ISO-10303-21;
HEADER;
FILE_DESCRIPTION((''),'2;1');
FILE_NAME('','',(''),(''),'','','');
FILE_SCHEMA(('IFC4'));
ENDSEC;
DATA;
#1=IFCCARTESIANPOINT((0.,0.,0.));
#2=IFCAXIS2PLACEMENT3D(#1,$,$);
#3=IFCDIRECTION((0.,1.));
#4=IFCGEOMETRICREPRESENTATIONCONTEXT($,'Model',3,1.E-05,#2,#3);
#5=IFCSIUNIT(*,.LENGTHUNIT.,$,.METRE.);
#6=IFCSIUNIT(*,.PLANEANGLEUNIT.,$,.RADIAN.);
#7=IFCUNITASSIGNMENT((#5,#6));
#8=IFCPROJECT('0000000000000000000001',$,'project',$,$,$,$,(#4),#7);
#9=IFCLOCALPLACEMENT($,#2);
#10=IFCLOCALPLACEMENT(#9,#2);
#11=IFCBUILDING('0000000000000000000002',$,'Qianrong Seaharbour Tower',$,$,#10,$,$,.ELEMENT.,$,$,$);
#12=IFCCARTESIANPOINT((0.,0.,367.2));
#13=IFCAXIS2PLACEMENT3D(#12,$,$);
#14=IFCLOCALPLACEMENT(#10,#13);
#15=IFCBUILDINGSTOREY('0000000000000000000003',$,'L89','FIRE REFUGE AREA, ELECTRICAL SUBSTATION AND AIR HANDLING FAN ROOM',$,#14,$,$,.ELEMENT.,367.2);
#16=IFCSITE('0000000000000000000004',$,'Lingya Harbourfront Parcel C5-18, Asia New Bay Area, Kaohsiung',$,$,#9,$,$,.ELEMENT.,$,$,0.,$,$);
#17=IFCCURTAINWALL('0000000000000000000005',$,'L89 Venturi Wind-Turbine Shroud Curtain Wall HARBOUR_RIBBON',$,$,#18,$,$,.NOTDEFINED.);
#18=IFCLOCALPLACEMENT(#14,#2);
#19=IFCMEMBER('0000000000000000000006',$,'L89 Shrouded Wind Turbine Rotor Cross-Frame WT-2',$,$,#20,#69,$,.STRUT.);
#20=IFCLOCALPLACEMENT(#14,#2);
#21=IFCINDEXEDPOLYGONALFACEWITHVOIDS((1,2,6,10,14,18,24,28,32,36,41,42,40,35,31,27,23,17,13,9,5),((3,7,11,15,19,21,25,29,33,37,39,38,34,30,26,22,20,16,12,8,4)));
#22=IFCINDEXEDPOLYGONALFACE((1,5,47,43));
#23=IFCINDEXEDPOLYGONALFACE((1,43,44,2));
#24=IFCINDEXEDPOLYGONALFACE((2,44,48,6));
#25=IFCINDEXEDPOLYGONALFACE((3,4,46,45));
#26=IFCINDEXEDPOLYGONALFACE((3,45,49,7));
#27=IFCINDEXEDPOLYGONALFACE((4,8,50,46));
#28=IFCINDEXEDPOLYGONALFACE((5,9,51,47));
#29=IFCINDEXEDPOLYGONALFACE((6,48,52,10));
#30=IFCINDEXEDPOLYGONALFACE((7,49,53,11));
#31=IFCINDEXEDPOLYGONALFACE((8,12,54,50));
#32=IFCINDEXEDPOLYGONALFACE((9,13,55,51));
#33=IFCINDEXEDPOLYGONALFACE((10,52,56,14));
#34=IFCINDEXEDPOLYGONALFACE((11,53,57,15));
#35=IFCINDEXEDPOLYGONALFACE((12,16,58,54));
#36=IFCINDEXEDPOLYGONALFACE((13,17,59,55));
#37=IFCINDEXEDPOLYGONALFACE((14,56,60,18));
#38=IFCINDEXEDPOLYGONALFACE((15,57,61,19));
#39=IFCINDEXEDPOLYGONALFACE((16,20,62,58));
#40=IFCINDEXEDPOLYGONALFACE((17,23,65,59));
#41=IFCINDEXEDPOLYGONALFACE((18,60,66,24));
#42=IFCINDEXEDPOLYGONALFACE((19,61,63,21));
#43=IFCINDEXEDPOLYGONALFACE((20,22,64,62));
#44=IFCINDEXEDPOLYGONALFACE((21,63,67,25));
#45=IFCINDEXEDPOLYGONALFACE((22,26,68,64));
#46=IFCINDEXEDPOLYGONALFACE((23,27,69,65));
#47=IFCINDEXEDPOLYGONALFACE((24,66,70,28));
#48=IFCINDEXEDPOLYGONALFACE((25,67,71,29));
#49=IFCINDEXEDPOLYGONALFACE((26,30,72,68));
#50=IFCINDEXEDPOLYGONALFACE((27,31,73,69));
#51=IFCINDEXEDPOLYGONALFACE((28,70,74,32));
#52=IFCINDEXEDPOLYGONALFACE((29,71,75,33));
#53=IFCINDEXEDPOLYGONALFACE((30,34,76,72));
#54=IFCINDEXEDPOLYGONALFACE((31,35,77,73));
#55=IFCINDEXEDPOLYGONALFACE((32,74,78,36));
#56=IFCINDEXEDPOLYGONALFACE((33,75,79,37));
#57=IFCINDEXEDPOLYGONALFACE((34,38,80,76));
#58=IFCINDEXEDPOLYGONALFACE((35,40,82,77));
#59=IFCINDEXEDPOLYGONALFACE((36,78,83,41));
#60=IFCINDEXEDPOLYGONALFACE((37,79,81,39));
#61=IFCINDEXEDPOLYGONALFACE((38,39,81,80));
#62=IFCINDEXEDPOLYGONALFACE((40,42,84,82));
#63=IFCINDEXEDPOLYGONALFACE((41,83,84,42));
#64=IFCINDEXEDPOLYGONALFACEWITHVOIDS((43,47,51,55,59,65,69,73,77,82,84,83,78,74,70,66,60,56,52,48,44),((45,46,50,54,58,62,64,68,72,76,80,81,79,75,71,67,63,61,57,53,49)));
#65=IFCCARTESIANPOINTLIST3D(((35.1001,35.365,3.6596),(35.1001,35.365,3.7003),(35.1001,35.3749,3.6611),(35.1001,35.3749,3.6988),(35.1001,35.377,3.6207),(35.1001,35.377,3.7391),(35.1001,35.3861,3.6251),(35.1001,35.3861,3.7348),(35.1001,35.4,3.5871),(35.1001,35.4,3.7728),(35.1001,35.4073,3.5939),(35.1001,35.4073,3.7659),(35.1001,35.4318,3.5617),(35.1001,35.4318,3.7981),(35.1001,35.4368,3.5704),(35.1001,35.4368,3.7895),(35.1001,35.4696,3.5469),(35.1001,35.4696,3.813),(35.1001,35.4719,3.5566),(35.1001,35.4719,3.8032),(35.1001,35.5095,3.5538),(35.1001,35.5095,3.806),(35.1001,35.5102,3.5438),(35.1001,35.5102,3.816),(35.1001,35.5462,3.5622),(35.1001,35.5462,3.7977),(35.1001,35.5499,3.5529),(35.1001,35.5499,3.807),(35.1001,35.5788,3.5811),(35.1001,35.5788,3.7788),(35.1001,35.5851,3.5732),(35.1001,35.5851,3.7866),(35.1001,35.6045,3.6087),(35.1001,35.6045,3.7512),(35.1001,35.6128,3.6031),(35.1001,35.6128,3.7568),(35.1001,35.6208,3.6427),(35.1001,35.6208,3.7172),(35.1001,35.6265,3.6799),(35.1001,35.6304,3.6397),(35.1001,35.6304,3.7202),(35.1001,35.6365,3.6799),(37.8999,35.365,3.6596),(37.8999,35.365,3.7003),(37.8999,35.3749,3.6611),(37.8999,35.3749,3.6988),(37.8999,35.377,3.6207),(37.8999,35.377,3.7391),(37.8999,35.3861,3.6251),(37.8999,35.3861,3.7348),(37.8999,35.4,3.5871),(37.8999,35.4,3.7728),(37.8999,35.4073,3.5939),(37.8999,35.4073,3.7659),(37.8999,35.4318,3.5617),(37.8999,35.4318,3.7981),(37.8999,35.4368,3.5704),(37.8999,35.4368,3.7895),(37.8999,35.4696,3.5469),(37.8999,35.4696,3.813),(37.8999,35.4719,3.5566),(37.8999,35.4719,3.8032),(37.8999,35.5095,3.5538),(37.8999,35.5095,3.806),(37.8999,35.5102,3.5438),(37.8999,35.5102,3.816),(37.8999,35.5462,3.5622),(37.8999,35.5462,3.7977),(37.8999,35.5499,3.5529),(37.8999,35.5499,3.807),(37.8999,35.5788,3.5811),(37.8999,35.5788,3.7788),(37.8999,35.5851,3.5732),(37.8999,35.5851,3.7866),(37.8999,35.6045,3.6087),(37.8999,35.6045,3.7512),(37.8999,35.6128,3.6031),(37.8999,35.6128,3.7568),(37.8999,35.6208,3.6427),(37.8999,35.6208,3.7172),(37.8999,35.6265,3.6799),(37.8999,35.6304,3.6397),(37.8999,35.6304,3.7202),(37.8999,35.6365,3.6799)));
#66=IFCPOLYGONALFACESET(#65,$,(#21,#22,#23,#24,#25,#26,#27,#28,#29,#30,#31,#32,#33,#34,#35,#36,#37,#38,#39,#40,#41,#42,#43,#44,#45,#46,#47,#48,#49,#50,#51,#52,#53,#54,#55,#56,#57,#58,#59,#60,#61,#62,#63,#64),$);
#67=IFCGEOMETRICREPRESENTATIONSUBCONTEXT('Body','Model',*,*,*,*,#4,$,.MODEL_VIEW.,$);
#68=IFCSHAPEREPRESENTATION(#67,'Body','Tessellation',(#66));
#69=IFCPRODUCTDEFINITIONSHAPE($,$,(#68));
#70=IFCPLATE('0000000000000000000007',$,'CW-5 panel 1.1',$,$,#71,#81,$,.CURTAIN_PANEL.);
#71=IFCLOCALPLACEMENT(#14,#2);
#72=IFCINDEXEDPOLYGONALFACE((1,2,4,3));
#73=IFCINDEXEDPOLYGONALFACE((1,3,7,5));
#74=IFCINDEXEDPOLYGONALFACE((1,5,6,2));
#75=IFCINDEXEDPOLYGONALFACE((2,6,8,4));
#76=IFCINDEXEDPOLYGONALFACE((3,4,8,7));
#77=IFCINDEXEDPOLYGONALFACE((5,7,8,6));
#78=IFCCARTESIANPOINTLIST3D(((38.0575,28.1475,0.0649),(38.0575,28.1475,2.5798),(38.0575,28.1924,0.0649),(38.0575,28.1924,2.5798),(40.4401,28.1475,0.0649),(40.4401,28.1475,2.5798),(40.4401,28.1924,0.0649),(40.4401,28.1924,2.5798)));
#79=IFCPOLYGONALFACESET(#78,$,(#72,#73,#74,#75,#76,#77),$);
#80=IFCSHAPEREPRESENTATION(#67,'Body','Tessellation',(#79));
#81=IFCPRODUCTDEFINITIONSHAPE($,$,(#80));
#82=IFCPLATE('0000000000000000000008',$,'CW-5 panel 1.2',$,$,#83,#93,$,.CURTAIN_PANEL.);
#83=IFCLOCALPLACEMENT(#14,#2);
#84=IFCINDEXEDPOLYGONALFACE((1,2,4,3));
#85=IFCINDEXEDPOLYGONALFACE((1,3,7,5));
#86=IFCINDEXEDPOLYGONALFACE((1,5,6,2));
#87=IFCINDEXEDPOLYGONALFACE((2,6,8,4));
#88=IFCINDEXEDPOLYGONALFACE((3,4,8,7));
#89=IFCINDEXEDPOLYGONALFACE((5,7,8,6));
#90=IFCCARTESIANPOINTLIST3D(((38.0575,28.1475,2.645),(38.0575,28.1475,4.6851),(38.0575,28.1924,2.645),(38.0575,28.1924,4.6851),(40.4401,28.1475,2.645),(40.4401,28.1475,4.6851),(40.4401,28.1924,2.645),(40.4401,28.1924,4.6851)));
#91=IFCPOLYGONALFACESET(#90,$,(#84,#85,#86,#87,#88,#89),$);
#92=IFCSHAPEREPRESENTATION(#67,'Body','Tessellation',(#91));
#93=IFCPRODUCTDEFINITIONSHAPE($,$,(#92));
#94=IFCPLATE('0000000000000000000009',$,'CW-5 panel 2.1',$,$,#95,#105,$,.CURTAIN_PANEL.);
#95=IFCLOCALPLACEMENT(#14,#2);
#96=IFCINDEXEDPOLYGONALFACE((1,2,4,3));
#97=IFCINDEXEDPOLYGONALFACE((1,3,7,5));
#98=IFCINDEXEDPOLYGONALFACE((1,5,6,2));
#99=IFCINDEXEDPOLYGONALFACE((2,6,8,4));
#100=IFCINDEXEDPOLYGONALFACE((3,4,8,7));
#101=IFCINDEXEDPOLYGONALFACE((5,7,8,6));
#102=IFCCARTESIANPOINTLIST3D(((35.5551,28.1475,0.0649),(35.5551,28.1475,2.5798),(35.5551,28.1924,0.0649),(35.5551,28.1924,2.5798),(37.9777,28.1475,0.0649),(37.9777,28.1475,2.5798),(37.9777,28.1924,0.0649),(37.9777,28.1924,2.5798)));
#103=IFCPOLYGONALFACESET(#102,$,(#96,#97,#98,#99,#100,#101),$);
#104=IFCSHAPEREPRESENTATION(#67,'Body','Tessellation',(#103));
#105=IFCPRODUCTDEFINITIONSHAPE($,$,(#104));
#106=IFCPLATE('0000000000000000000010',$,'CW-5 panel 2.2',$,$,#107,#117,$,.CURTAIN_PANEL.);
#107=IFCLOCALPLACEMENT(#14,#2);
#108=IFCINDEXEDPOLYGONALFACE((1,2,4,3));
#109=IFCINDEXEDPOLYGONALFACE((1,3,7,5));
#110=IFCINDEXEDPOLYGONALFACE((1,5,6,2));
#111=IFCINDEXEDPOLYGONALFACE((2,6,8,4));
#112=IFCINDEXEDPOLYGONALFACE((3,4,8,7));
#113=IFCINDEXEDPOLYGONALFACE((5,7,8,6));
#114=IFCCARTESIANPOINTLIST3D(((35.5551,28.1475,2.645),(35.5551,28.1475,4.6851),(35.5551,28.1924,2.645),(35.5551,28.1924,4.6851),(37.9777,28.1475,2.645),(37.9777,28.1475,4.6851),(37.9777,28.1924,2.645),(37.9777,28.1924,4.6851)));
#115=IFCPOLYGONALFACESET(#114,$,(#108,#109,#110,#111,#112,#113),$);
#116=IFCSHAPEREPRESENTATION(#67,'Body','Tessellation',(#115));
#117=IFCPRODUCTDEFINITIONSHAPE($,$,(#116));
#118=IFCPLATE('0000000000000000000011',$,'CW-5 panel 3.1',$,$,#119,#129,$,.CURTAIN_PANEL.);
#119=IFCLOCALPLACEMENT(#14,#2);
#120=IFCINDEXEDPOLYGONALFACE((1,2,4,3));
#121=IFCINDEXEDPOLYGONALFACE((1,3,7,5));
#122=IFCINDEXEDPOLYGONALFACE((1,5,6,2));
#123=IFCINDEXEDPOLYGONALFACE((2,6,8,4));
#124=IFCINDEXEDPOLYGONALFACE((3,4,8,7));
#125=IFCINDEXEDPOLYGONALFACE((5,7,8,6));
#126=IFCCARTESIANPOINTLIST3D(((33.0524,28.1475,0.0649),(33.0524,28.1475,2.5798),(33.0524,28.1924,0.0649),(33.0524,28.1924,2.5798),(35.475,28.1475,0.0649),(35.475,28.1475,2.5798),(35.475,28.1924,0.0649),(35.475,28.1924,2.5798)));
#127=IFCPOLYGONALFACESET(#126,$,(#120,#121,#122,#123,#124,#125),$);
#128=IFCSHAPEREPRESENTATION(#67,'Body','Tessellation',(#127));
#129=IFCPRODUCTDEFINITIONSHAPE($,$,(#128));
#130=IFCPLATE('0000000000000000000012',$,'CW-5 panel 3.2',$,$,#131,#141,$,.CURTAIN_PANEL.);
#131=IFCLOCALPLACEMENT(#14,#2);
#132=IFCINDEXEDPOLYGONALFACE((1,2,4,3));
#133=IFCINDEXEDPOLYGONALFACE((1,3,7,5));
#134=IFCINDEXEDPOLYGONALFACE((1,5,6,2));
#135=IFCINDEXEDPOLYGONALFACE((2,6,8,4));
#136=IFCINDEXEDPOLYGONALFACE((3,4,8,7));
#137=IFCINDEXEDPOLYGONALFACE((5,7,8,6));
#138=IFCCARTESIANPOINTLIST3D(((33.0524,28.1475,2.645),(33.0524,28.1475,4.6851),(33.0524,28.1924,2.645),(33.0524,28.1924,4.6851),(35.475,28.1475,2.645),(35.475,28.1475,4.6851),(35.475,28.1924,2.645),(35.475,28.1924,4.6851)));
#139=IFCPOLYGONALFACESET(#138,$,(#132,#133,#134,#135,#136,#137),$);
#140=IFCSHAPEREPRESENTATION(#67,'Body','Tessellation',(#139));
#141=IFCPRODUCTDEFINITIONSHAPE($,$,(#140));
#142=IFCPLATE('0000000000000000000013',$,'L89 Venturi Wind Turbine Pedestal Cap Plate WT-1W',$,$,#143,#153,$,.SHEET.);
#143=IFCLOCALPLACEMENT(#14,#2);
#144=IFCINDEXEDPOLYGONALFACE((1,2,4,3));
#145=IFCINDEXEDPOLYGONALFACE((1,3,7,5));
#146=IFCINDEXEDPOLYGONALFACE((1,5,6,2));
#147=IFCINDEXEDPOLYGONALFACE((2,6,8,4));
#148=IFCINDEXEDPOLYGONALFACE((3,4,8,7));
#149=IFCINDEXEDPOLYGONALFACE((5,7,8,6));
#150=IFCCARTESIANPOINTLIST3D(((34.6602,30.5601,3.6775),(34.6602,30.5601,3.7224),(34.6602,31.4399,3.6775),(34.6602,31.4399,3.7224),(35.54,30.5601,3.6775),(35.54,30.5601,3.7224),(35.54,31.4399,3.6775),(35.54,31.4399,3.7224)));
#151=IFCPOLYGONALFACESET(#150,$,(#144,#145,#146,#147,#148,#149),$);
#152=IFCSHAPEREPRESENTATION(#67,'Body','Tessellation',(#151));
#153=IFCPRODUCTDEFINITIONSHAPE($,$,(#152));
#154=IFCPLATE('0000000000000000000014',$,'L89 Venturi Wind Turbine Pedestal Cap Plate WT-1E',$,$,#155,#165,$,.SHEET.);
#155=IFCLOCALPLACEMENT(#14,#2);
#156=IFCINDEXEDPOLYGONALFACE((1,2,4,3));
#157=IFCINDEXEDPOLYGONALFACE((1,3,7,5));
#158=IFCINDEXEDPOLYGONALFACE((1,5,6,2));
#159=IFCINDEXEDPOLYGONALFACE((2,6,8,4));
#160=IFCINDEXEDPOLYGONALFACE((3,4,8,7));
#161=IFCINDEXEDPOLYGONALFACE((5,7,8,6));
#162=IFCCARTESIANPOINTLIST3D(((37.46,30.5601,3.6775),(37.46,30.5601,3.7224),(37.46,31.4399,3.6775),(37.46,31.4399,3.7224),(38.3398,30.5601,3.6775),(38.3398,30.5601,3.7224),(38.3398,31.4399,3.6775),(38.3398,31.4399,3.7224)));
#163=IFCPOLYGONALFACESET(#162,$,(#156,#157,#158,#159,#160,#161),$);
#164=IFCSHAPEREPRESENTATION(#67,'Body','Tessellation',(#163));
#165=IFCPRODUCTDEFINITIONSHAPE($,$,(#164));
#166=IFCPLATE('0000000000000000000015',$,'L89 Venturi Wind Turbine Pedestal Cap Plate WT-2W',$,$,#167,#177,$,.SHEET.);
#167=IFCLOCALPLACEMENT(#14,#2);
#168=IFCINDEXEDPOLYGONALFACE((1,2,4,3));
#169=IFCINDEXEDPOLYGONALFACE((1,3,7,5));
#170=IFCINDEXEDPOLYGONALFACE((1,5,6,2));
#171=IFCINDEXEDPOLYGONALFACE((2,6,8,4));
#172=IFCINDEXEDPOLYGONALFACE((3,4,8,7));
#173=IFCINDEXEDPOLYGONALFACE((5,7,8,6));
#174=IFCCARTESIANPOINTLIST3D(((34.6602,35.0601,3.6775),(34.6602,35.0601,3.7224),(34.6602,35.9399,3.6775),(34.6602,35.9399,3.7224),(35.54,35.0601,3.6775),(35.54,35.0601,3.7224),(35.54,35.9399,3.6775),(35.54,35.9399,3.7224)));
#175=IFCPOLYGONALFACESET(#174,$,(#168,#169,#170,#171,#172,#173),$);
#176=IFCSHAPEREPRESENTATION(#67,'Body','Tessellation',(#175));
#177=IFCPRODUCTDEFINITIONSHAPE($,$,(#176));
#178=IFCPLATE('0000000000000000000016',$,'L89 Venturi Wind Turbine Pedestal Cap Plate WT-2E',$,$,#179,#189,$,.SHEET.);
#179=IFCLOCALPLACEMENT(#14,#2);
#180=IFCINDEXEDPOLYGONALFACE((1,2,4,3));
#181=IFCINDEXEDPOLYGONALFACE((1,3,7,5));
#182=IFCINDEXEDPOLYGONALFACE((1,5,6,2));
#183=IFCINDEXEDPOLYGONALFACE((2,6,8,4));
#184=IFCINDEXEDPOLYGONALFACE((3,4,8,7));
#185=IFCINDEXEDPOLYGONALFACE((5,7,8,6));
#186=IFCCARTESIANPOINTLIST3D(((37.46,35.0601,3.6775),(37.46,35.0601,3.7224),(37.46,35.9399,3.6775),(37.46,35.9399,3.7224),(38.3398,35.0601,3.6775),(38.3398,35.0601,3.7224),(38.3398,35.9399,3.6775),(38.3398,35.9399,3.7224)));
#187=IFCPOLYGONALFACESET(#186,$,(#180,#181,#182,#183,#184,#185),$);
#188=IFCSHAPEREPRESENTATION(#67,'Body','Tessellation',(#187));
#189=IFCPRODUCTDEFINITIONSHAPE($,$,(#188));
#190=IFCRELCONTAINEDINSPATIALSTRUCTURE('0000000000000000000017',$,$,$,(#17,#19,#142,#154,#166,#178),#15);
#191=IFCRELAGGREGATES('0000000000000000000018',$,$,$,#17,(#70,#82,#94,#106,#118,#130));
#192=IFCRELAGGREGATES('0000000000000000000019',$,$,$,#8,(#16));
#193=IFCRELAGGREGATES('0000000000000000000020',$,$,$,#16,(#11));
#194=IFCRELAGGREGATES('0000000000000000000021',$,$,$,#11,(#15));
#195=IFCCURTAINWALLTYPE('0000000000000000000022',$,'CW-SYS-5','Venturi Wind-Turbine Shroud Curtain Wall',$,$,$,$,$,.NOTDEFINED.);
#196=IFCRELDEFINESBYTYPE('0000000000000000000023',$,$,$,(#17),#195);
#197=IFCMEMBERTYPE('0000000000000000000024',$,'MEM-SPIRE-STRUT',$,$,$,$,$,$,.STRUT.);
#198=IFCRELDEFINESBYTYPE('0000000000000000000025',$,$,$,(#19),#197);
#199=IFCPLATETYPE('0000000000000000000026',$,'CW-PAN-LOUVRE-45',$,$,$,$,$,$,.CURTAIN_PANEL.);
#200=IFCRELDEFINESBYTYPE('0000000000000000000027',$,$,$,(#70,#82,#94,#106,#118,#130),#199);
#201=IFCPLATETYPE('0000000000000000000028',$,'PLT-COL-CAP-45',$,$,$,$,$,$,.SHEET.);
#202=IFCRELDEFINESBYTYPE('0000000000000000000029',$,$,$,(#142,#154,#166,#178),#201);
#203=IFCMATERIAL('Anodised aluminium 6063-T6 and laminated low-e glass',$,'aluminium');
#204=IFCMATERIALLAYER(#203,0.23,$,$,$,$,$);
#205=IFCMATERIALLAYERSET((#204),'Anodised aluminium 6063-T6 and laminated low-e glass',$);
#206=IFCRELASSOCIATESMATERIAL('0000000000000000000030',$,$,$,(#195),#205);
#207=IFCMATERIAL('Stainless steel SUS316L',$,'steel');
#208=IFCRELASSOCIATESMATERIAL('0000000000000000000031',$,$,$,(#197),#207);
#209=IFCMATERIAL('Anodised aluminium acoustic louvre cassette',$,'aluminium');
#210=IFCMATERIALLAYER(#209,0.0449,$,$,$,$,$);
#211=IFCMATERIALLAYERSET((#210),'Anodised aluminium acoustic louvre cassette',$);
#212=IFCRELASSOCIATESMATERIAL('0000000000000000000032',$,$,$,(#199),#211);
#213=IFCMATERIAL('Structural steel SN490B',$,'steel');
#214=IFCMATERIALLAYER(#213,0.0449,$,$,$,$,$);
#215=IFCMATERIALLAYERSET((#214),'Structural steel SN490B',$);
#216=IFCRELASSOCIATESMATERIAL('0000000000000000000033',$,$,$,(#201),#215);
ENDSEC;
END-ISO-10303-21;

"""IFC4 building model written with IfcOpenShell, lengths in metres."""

from ifc_helpers import new_model, si_unit, direction, frame, origin, origin_2d, place, context, subcontext, project, spatial, rectangle, hollow_circle, extrude, material, layer, layer_set, material_profile, profile_set, type_object, element, aggregate, save


model = new_model("IFC4")

# Units and contexts
model_context = context("Model", 3, precision=1e-05, world=origin(), true_north=direction((0.0, 1.0)))
body_context = subcontext(model_context, "Body", "Model", "MODEL_VIEW")
ifc_project = project(units=[si_unit("LENGTHUNIT", "METRE"), si_unit("PLANEANGLEUNIT", "RADIAN")], contexts=[model_context])

# Site, building, storey
site_placement = place(None, origin())
site = spatial("IfcSite", under=ifc_project, at=site_placement, Name="Lingya Harbourfront Parcel C5-18, Asia New Bay Area, Kaohsiung", CompositionType="ELEMENT", RefElevation=0.0)
building_placement = place(site_placement, origin())
building = spatial("IfcBuilding", under=site, at=building_placement, Name="Qianrong Seaharbour Tower", CompositionType="ELEMENT")
storey_placement = place(building_placement, frame((0.0, 0.0, 367.2)))
storey = spatial("IfcBuildingStorey", under=building, at=storey_placement, Name="L89", Description="FIRE REFUGE AREA, ELECTRICAL SUBSTATION AND AIR HANDLING FAN ROOM", CompositionType="ELEMENT", Elevation=367.2)

# Shared definitions
ifc_material_1 = material(Name="Structural steel SN490B", Category="steel")

# Curtain wall
ifc_material_2 = material(Name="Anodised aluminium 6063-T6 and laminated low-e glass", Category="aluminium")
ifc_layer_1 = layer(ifc_material_2, 0.23)
ifc_layer_set_1 = layer_set([ifc_layer_1], Name="Anodised aluminium 6063-T6 and laminated low-e glass")
curtain_wall_type = type_object("IfcCurtainWallType", Name="CW-SYS-5", Description="Venturi Wind-Turbine Shroud Curtain Wall", PredefinedType="NOTDEFINED", material=ifc_layer_set_1)
curtain_wall_placement = place(storey_placement, origin())
curtain_wall = element("IfcCurtainWall", 1, at=curtain_wall_placement, inside=storey, type_object=curtain_wall_type, Name="L89 Venturi Wind-Turbine Shroud Curtain Wall HARBOUR_RIBBON", PredefinedType="NOTDEFINED")

# Member
ifc_material_3 = material(Name="Stainless steel SUS316L", Category="steel")
ifc_material_profile_1 = material_profile(ifc_material_3, hollow_circle(Radius=0.1365, WallThickness=0.01, at=origin_2d()), Name="CHS273.0x10")
ifc_profile_set_1 = profile_set([ifc_material_profile_1], Name="Stainless steel SUS316L")
member_type_1 = type_object("IfcMemberType", Name="MEM-SPIRE-STRUT", PredefinedType="STRUT", material=ifc_profile_set_1)
for number, where, z_axis, x_axis, name in (
    (2, (35.1001, 35.5, 3.6799), (1.0, 0.0, 0.0), (0.0, 1.0, 0.0), "L89 Shrouded Wind Turbine Rotor Cross-Frame WT-2"),
):
    element("IfcMember", number, at=place(storey_placement, frame(where, z_axis=z_axis, x_axis=x_axis)), inside=storey, type_object=member_type_1, Name=name, PredefinedType="STRUT", context=body_context, shape_type="SweptSolid", body=[
        extrude(hollow_circle(Radius=0.1365, WallThickness=0.01, at=origin_2d()), origin(), (0.0, 0.0, 1.0), 2.7998),
    ])

# Plates
ifc_material_4 = material(Name="Anodised aluminium acoustic louvre cassette", Category="aluminium")
ifc_layer_2 = layer(ifc_material_4, 0.0449)
ifc_layer_set_2 = layer_set([ifc_layer_2], Name="Anodised aluminium acoustic louvre cassette")
plate_type_1 = type_object("IfcPlateType", Name="CW-PAN-LOUVRE-45", PredefinedType="CURTAIN_PANEL", material=ifc_layer_set_2)
plate_1_placement = place(storey_placement, frame((39.2488, 28.1699, 0.0649), z_axis=(0.0, 0.0, 1.0), x_axis=(-1.0, 0.0, 0.0)))
plate_1 = element("IfcPlate", 3, at=plate_1_placement, type_object=plate_type_1, Name="CW-5 panel 1.1", PredefinedType="CURTAIN_PANEL", context=body_context, shape_type="SweptSolid", body=[
    extrude(rectangle(XDim=2.3826, YDim=0.0449, at=origin_2d()), origin(), (0.0, 0.0, 1.0), 2.5149),
])
plate_2_placement = place(storey_placement, frame((39.2488, 28.1699, 2.645), z_axis=(0.0, 0.0, 1.0), x_axis=(-1.0, 0.0, 0.0)))
plate_2 = element("IfcPlate", 4, at=plate_2_placement, type_object=plate_type_1, Name="CW-5 panel 1.2", PredefinedType="CURTAIN_PANEL", context=body_context, shape_type="SweptSolid", body=[
    extrude(rectangle(XDim=2.3826, YDim=0.0449, at=origin_2d()), origin(), (0.0, 0.0, 1.0), 2.04),
])
plate_3_placement = place(storey_placement, frame((36.7664, 28.1699, 0.0649), z_axis=(0.0, 0.0, 1.0), x_axis=(-1.0, 0.0, 0.0)))
plate_3 = element("IfcPlate", 5, at=plate_3_placement, type_object=plate_type_1, Name="CW-5 panel 2.1", PredefinedType="CURTAIN_PANEL", context=body_context, shape_type="SweptSolid", body=[
    extrude(rectangle(XDim=2.4226, YDim=0.0449, at=origin_2d()), origin(), (0.0, 0.0, 1.0), 2.5149),
])
plate_4_placement = place(storey_placement, frame((36.7664, 28.1699, 2.645), z_axis=(0.0, 0.0, 1.0), x_axis=(-1.0, 0.0, 0.0)))
plate_4 = element("IfcPlate", 6, at=plate_4_placement, type_object=plate_type_1, Name="CW-5 panel 2.2", PredefinedType="CURTAIN_PANEL", context=body_context, shape_type="SweptSolid", body=[
    extrude(rectangle(XDim=2.4226, YDim=0.0449, at=origin_2d()), origin(), (0.0, 0.0, 1.0), 2.04),
])
plate_5_placement = place(storey_placement, frame((34.2637, 28.1699, 0.0649), z_axis=(0.0, 0.0, 1.0), x_axis=(-1.0, 0.0, 0.0)))
plate_5 = element("IfcPlate", 7, at=plate_5_placement, type_object=plate_type_1, Name="CW-5 panel 3.1", PredefinedType="CURTAIN_PANEL", context=body_context, shape_type="SweptSolid", body=[
    extrude(rectangle(XDim=2.4226, YDim=0.0449, at=origin_2d()), origin(), (0.0, 0.0, 1.0), 2.5149),
])
plate_6_placement = place(storey_placement, frame((34.2637, 28.1699, 2.645), z_axis=(0.0, 0.0, 1.0), x_axis=(-1.0, 0.0, 0.0)))
plate_6 = element("IfcPlate", 8, at=plate_6_placement, type_object=plate_type_1, Name="CW-5 panel 3.2", PredefinedType="CURTAIN_PANEL", context=body_context, shape_type="SweptSolid", body=[
    extrude(rectangle(XDim=2.4226, YDim=0.0449, at=origin_2d()), origin(), (0.0, 0.0, 1.0), 2.04),
])
aggregate(curtain_wall, [plate_1, plate_2, plate_3, plate_4, plate_5, plate_6])

# Plates
ifc_layer_3 = layer(ifc_material_1, 0.0449)
ifc_layer_set_3 = layer_set([ifc_layer_3], Name="Structural steel SN490B")
plate_type_2 = type_object("IfcPlateType", Name="PLT-COL-CAP-45", PredefinedType="SHEET", material=ifc_layer_set_3)
for number, where, z_axis, x_axis, name in (
    (9, (35.1001, 31.0, 3.6775), (0.0, 0.0, 1.0), (1.0, 0.0, 0.0), "L89 Venturi Wind Turbine Pedestal Cap Plate WT-1W"),
    (10, (37.8999, 31.0, 3.6775), (0.0, 0.0, 1.0), (1.0, 0.0, 0.0), "L89 Venturi Wind Turbine Pedestal Cap Plate WT-1E"),
    (11, (35.1001, 35.5, 3.6775), (0.0, 0.0, 1.0), (1.0, 0.0, 0.0), "L89 Venturi Wind Turbine Pedestal Cap Plate WT-2W"),
    (12, (37.8999, 35.5, 3.6775), (0.0, 0.0, 1.0), (1.0, 0.0, 0.0), "L89 Venturi Wind Turbine Pedestal Cap Plate WT-2E"),
):
    element("IfcPlate", number, at=place(storey_placement, frame(where, z_axis=z_axis, x_axis=x_axis)), inside=storey, type_object=plate_type_2, Name=name, PredefinedType="SHEET", context=body_context, shape_type="SweptSolid", body=[
        extrude(rectangle(XDim=0.8799, YDim=0.8799, at=origin_2d()), origin(), (0.0, 0.0, 1.0), 0.0449),
    ])

save(model, "model.ifc")
